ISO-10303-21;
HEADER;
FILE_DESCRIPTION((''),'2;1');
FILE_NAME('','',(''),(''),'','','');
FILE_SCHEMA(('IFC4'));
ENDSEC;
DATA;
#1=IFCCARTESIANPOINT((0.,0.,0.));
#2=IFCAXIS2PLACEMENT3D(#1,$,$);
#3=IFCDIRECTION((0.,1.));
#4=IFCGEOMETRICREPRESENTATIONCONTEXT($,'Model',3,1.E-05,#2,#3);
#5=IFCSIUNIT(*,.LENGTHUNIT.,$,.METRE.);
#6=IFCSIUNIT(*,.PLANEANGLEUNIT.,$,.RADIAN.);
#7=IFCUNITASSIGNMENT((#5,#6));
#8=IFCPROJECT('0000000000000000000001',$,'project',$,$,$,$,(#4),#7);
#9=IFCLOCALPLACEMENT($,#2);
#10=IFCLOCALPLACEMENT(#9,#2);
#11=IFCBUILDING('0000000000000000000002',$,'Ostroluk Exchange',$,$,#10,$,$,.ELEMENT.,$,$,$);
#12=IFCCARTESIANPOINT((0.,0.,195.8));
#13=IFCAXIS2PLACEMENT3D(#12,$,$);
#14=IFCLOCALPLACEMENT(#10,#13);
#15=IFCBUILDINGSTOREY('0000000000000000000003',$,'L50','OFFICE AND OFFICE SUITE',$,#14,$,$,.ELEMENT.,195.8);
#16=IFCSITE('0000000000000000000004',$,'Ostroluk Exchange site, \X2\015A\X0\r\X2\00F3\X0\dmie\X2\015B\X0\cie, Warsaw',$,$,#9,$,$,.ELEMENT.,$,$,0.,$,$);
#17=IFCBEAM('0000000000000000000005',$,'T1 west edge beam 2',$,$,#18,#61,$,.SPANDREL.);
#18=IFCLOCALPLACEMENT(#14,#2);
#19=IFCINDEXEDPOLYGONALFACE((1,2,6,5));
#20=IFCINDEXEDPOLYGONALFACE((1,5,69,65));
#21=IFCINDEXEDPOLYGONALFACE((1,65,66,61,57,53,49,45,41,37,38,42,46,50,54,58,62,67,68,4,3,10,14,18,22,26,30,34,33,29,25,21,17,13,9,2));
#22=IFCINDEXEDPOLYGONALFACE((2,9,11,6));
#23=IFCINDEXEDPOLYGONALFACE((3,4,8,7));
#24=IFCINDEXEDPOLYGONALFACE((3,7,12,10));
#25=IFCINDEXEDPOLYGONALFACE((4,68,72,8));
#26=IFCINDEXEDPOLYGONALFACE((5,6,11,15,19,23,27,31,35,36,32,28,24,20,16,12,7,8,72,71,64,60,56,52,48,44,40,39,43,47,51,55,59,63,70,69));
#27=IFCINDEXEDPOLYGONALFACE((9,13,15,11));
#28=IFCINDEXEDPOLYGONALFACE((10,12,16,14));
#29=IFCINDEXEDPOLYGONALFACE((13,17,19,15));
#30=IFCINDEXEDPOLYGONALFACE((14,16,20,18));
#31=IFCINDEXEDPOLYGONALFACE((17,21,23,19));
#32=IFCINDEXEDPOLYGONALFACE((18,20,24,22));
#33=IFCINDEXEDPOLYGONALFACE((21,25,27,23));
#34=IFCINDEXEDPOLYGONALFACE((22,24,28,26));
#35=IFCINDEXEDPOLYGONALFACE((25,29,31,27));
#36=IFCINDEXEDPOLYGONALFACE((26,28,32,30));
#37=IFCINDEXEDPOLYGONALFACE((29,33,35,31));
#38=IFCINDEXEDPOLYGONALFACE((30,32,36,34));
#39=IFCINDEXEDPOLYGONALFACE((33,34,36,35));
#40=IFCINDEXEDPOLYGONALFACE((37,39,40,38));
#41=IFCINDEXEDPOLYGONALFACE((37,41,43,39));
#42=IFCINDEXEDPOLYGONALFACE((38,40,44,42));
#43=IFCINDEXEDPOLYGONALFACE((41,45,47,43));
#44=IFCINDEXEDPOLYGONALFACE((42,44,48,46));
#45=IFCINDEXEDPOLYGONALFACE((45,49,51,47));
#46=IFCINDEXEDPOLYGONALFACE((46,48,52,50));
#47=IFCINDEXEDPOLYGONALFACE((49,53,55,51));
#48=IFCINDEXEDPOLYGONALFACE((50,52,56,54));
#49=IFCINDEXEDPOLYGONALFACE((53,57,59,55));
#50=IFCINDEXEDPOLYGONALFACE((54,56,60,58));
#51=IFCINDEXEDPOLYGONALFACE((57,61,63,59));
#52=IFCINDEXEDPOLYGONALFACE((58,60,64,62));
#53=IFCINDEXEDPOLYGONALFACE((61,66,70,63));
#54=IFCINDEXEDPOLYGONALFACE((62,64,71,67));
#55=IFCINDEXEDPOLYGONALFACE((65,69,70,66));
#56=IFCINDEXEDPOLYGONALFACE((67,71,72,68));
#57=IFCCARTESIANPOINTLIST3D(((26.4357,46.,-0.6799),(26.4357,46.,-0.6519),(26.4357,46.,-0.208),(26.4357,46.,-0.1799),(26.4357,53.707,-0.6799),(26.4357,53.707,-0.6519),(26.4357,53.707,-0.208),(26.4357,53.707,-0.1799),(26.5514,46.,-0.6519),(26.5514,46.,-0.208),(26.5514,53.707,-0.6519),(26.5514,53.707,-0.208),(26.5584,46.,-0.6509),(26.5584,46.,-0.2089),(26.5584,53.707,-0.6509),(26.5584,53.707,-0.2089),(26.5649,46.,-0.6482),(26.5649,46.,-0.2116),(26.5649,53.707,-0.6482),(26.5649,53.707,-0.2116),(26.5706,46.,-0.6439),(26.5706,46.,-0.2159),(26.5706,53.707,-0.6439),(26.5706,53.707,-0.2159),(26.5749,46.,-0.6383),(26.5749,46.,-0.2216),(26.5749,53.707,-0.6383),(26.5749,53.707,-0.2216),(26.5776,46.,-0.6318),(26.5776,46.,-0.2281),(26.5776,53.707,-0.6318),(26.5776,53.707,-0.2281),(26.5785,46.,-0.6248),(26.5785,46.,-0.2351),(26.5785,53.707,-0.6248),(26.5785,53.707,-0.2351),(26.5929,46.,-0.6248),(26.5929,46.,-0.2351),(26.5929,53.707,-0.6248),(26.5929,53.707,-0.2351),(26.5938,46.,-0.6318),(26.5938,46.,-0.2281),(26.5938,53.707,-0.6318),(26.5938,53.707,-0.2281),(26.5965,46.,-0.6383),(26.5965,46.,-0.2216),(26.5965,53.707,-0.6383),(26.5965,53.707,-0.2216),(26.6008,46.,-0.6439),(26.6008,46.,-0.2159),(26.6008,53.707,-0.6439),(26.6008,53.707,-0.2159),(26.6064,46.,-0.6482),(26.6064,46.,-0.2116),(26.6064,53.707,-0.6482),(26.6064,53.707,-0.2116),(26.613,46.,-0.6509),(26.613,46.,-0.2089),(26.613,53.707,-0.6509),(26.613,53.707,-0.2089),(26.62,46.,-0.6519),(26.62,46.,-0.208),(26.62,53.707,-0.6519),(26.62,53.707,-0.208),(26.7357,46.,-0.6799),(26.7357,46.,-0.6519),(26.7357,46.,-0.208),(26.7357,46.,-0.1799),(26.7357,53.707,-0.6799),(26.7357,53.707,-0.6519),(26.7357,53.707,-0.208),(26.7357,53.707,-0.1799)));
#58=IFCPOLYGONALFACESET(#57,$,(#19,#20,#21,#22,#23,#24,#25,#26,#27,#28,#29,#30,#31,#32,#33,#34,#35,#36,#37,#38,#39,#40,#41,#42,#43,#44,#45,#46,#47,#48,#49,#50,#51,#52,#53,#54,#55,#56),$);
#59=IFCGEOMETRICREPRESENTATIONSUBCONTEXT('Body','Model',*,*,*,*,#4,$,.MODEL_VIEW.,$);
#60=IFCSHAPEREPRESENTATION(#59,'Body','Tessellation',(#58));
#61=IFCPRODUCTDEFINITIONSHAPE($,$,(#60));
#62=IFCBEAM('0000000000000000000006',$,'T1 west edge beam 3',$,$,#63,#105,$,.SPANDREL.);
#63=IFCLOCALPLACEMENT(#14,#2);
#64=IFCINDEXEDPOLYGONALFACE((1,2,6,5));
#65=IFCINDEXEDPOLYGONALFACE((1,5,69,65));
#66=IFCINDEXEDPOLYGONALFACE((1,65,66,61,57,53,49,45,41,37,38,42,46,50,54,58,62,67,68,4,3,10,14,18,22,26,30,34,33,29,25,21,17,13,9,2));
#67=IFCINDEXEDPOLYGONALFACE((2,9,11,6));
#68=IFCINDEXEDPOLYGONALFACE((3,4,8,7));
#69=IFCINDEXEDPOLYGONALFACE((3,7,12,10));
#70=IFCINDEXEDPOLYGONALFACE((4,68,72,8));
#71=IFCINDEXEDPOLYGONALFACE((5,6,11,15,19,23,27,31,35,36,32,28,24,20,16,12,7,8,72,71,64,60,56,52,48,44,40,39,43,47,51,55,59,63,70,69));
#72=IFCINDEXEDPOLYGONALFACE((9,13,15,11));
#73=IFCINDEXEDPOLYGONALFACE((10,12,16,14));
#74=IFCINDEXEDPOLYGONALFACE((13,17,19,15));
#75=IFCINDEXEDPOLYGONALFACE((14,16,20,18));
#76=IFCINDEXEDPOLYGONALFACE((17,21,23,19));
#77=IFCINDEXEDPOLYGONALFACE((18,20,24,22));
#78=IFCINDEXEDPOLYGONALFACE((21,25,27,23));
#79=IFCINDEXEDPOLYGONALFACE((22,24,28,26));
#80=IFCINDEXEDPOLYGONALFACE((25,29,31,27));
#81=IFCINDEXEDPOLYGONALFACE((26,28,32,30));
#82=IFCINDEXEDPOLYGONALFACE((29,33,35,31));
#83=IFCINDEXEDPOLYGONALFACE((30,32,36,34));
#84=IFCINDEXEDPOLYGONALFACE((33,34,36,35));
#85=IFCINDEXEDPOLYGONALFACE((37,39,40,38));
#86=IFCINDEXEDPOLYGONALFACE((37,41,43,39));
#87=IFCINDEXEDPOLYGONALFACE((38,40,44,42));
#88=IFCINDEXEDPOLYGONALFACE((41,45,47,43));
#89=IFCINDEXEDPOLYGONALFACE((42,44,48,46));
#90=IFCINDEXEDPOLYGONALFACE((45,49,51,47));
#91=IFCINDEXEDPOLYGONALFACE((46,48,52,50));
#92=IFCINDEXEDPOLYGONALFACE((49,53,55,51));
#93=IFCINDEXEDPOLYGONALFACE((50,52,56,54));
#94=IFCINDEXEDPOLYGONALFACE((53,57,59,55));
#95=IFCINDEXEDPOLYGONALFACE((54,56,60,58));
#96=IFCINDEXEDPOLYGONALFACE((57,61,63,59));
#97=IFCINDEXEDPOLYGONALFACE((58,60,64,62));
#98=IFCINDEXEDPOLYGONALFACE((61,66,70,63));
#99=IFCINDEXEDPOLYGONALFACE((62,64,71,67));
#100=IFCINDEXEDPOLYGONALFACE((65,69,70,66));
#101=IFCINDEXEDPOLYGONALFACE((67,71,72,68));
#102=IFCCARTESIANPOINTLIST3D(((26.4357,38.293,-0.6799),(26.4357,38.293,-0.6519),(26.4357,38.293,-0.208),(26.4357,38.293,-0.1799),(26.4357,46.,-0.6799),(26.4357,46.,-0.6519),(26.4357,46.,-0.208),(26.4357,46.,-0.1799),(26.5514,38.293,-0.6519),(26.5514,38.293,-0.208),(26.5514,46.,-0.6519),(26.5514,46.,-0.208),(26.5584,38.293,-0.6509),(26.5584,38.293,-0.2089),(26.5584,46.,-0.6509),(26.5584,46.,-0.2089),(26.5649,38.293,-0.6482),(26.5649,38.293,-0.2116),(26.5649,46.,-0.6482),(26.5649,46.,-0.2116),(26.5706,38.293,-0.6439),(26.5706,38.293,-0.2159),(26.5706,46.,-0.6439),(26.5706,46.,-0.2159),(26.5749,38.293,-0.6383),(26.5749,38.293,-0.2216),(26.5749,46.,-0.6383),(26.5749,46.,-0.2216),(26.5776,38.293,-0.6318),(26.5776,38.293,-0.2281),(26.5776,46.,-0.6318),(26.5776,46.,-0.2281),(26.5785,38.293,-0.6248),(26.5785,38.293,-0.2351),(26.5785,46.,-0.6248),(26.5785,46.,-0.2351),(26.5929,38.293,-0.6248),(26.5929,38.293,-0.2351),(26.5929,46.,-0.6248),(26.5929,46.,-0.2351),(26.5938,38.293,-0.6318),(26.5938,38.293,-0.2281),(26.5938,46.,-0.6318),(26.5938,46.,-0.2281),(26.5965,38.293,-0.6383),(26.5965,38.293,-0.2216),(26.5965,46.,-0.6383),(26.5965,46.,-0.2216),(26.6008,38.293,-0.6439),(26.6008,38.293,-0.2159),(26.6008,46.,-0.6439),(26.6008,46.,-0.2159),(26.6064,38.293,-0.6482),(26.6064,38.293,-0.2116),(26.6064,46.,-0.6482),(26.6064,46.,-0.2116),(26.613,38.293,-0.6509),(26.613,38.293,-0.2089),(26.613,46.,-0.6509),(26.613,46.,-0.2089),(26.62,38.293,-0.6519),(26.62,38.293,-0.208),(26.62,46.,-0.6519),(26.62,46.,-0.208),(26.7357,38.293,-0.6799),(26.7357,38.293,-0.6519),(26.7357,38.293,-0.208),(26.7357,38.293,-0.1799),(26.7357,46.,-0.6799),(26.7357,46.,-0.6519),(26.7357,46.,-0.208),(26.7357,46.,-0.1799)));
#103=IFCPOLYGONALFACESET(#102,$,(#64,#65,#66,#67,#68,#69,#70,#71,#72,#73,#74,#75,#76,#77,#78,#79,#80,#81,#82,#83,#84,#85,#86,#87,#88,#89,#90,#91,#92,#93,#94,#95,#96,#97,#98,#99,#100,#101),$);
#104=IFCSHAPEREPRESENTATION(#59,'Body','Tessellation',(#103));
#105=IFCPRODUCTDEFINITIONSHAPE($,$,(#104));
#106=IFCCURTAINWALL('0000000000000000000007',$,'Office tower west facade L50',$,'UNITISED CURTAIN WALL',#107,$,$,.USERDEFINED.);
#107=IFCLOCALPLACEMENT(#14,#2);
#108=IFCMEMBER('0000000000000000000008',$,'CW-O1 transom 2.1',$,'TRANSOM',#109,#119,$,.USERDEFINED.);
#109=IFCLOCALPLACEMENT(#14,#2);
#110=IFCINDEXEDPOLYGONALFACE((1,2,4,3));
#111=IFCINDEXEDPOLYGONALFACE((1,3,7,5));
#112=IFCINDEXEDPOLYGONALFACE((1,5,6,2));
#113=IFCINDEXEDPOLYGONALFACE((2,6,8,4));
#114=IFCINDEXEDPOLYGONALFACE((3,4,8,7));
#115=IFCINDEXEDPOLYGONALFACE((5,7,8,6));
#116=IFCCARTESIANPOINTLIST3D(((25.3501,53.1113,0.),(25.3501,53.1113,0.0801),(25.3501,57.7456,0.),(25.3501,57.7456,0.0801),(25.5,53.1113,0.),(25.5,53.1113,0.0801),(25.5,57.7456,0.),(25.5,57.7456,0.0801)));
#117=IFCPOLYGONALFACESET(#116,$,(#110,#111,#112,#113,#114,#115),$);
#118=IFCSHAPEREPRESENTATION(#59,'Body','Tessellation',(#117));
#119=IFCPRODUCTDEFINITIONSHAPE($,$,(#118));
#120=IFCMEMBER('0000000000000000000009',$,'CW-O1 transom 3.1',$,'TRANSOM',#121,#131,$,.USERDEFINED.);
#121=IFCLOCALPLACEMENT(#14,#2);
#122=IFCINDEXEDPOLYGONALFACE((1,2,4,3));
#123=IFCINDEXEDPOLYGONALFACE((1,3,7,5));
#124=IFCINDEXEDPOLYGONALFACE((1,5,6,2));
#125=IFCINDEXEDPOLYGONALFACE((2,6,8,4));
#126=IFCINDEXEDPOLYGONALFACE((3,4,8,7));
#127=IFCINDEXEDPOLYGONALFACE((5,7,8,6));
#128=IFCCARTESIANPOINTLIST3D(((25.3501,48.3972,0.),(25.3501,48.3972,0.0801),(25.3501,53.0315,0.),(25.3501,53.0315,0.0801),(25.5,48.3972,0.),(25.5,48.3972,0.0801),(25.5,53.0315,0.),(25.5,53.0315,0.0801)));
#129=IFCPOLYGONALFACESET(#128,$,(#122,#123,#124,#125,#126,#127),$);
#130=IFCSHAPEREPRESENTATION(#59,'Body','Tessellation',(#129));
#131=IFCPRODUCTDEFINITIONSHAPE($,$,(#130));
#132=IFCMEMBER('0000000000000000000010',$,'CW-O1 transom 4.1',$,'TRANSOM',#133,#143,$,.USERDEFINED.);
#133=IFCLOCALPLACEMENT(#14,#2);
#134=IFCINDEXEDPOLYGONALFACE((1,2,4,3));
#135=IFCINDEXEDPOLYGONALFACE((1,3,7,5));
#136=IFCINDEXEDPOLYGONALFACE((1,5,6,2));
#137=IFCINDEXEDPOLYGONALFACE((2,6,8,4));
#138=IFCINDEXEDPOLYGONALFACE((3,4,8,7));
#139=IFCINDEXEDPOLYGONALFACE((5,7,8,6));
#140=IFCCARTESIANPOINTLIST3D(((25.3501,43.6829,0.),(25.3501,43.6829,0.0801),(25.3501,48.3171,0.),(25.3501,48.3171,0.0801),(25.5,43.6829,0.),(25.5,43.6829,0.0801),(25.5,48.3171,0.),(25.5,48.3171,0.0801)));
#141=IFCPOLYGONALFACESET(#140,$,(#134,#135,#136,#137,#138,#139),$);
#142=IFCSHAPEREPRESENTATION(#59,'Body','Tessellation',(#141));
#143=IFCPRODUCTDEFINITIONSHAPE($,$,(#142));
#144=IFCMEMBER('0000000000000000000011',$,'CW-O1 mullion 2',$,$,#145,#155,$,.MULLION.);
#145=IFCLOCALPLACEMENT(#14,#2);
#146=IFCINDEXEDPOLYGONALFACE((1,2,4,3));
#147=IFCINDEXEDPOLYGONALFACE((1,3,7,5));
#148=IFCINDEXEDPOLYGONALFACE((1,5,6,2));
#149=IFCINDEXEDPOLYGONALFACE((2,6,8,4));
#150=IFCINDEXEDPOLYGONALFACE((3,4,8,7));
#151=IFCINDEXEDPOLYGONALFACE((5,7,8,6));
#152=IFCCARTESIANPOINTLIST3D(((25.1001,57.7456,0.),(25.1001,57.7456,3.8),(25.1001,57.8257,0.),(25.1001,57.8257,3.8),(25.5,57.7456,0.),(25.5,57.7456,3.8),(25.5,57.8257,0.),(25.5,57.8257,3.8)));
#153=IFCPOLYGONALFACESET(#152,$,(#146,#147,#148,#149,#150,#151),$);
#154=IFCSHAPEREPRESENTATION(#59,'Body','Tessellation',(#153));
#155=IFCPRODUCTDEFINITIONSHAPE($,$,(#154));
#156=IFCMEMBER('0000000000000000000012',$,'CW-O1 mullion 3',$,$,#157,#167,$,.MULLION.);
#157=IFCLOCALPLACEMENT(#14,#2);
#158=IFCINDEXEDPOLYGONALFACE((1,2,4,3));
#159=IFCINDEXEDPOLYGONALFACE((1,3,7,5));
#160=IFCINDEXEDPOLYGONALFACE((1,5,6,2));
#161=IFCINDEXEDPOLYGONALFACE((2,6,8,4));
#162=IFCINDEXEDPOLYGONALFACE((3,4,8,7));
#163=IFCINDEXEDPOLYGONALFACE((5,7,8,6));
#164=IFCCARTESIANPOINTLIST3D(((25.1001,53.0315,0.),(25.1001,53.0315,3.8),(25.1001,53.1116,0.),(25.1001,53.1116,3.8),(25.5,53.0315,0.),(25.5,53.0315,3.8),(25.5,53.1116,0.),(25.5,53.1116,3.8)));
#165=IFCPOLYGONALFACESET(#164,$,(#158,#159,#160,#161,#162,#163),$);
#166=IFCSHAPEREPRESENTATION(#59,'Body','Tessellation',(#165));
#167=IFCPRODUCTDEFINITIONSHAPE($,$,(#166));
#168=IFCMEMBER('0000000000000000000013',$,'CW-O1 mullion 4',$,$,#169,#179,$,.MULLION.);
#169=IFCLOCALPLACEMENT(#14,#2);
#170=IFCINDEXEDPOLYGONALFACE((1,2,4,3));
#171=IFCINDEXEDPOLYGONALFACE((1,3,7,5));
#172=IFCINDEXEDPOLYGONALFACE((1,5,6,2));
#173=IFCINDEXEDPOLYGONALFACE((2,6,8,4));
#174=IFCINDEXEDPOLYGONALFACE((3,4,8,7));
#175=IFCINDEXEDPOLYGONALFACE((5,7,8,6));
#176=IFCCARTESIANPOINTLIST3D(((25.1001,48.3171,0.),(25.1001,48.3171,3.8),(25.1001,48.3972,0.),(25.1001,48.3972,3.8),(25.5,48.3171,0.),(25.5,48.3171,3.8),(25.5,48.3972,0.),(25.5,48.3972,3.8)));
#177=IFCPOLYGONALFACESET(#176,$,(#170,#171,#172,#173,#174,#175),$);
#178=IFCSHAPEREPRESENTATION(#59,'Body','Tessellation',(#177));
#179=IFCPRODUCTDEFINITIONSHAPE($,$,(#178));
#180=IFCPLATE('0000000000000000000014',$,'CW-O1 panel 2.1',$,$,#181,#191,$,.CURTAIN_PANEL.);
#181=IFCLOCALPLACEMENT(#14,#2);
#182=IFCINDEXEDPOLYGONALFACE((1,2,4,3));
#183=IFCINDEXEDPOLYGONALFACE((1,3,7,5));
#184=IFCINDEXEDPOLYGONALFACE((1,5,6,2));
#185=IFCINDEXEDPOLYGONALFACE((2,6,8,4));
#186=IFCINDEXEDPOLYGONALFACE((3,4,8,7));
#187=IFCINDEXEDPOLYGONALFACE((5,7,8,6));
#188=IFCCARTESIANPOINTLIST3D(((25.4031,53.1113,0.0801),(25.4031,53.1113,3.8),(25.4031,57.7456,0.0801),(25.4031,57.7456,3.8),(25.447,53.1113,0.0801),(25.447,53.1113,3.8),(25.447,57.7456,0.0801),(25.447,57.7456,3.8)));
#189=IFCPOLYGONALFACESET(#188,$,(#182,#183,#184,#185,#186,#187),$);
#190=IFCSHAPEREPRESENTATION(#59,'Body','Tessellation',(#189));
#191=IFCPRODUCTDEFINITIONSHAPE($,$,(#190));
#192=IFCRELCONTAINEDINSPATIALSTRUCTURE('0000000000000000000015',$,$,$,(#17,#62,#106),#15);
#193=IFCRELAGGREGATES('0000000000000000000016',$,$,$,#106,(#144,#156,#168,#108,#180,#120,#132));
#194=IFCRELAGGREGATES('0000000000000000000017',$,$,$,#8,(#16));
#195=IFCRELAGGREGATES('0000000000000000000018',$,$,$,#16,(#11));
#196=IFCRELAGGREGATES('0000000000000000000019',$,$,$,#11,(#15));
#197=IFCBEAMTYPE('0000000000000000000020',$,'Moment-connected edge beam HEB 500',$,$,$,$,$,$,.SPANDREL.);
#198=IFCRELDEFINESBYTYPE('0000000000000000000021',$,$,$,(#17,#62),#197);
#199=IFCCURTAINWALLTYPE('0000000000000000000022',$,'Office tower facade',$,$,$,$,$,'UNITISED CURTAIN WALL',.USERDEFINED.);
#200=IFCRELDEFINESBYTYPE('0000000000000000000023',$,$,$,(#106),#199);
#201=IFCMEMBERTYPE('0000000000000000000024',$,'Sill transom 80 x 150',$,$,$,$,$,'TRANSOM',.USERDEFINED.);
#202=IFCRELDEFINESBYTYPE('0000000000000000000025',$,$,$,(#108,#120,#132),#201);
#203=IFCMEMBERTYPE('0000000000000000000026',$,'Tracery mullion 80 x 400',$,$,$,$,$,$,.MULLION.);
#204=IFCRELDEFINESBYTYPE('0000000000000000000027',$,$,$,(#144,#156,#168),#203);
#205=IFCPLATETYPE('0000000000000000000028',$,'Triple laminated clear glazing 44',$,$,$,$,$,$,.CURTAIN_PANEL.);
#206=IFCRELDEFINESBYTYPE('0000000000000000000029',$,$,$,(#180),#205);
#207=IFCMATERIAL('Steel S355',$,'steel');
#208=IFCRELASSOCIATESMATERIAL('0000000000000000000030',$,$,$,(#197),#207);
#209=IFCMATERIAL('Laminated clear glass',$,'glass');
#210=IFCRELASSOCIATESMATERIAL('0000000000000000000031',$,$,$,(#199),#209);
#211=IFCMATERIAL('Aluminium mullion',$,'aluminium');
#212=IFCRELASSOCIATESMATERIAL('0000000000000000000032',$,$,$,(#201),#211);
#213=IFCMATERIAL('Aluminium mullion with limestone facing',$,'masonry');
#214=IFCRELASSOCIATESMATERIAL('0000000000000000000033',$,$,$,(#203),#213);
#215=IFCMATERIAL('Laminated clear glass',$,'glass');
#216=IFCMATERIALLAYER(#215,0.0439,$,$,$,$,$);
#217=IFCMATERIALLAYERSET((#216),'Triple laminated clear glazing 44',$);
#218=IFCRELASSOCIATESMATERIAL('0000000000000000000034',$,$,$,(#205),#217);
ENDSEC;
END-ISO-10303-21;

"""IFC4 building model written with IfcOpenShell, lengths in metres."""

from ifc_helpers import new_model, si_unit, direction, frame, origin, origin_2d, place, context, subcontext, project, spatial, rectangle, i_section, extrude, material, layer, layer_set, material_profile, profile_set, type_object, element, aggregate, save


model = new_model("IFC4")

# Units and contexts
model_context = context("Model", 3, precision=1e-05, world=origin(), true_north=direction((0.0, 1.0)))
body_context = subcontext(model_context, "Body", "Model", "MODEL_VIEW")
ifc_project = project(units=[si_unit("LENGTHUNIT", "METRE"), si_unit("PLANEANGLEUNIT", "RADIAN")], contexts=[model_context])

# Site, building, storey
site_placement = place(None, origin())
site = spatial("IfcSite", under=ifc_project, at=site_placement, Name="Ostroluk Exchange site, Śródmieście, Warsaw", CompositionType="ELEMENT", RefElevation=0.0)
building_placement = place(site_placement, origin())
building = spatial("IfcBuilding", under=site, at=building_placement, Name="Ostroluk Exchange", CompositionType="ELEMENT")
storey_placement = place(building_placement, frame((0.0, 0.0, 195.8)))
storey = spatial("IfcBuildingStorey", under=building, at=storey_placement, Name="L50", Description="OFFICE AND OFFICE SUITE", CompositionType="ELEMENT", Elevation=195.8)

# Beams
ifc_material_1 = material(Name="Steel S355", Category="steel")
ifc_material_profile_1 = material_profile(ifc_material_1, i_section(OverallWidth=0.3, OverallDepth=0.5, WebThickness=0.0144, FlangeThickness=0.0281, FilletRadius=0.0271, at=origin_2d()), Name="HEB 500")
ifc_profile_set_1 = profile_set([ifc_material_profile_1], Name="Steel S355")
beam_type_1 = type_object("IfcBeamType", Name="Moment-connected edge beam HEB 500", PredefinedType="SPANDREL", material=ifc_profile_set_1)
for number, where, z_axis, x_axis, name in (
    (1, (26.5857, 53.707, -0.4299), (0.0, -1.0, 0.0), (1.0, 0.0, 0.0), "T1 west edge beam 2"),
    (2, (26.5857, 46.0, -0.4299), (0.0, -1.0, 0.0), (1.0, 0.0, 0.0), "T1 west edge beam 3"),
):
    element("IfcBeam", number, at=place(storey_placement, frame(where, z_axis=z_axis, x_axis=x_axis)), inside=storey, type_object=beam_type_1, Name=name, PredefinedType="SPANDREL", context=body_context, shape_type="SweptSolid", body=[
        extrude(i_section(OverallWidth=0.3, OverallDepth=0.5, WebThickness=0.0144, FlangeThickness=0.0281, FilletRadius=0.0271, at=origin_2d()), origin(), (0.0, 0.0, 1.0), 7.707),
    ])

# Curtain wall, members, plate
ifc_material_2 = material(Name="Laminated clear glass", Category="glass")
curtain_wall_type = type_object("IfcCurtainWallType", Name="Office tower facade", ElementType="UNITISED CURTAIN WALL", PredefinedType="USERDEFINED", material=ifc_material_2)
curtain_wall_placement = place(storey_placement, origin())
curtain_wall = element("IfcCurtainWall", 3, at=curtain_wall_placement, inside=storey, type_object=curtain_wall_type, Name="Office tower west facade L50", ObjectType="UNITISED CURTAIN WALL", PredefinedType="USERDEFINED")
ifc_material_3 = material(Name="Aluminium mullion", Category="aluminium")
ifc_material_profile_2 = material_profile(ifc_material_3, rectangle(XDim=0.1499, YDim=0.0801, at=origin_2d()), Name="Sill transom 80 x 150")
ifc_profile_set_2 = profile_set([ifc_material_profile_2], Name="Aluminium mullion")
member_type_1 = type_object("IfcMemberType", Name="Sill transom 80 x 150", ElementType="TRANSOM", PredefinedType="USERDEFINED", material=ifc_profile_set_2)
member_1_placement = place(storey_placement, frame((25.425, 57.7456, 0.04), z_axis=(0.0, -1.0, 0.0), x_axis=(1.0, 0.0, 0.0)))
member_1 = element("IfcMember", 4, at=member_1_placement, type_object=member_type_1, Name="CW-O1 transom 2.1", ObjectType="TRANSOM", PredefinedType="USERDEFINED", context=body_context, shape_type="SweptSolid", body=[
    extrude(rectangle(XDim=0.1499, YDim=0.0801, at=origin_2d()), origin(), (0.0, 0.0, 1.0), 4.6343),
])
member_2_placement = place(storey_placement, frame((25.425, 53.0315, 0.04), z_axis=(0.0, -1.0, 0.0), x_axis=(1.0, 0.0, 0.0)))
member_2 = element("IfcMember", 5, at=member_2_placement, type_object=member_type_1, Name="CW-O1 transom 3.1", ObjectType="TRANSOM", PredefinedType="USERDEFINED", context=body_context, shape_type="SweptSolid", body=[
    extrude(rectangle(XDim=0.1499, YDim=0.0801, at=origin_2d()), origin(), (0.0, 0.0, 1.0), 4.6343),
])
member_3_placement = place(storey_placement, frame((25.425, 48.3171, 0.04), z_axis=(0.0, -1.0, 0.0), x_axis=(1.0, 0.0, 0.0)))
member_3 = element("IfcMember", 6, at=member_3_placement, type_object=member_type_1, Name="CW-O1 transom 4.1", ObjectType="TRANSOM", PredefinedType="USERDEFINED", context=body_context, shape_type="SweptSolid", body=[
    extrude(rectangle(XDim=0.1499, YDim=0.0801, at=origin_2d()), origin(), (0.0, 0.0, 1.0), 4.6343),
])
ifc_material_4 = material(Name="Aluminium mullion with limestone facing", Category="masonry")
ifc_material_profile_3 = material_profile(ifc_material_4, rectangle(XDim=0.3999, YDim=0.0801, at=origin_2d()), Name="Tracery mullion 80 x 400")
ifc_profile_set_3 = profile_set([ifc_material_profile_3], Name="Aluminium mullion with limestone facing")
member_type_2 = type_object("IfcMemberType", Name="Tracery mullion 80 x 400", PredefinedType="MULLION", material=ifc_profile_set_3)
member_4_placement = place(storey_placement, frame((25.3, 57.7856, 0.0), z_axis=(0.0, 0.0, 1.0), x_axis=(1.0, 0.0, 0.0)))
member_4 = element("IfcMember", 7, at=member_4_placement, type_object=member_type_2, Name="CW-O1 mullion 2", PredefinedType="MULLION", context=body_context, shape_type="SweptSolid", body=[
    extrude(rectangle(XDim=0.3999, YDim=0.0801, at=origin_2d()), origin(), (0.0, 0.0, 1.0), 3.8),
])
member_5_placement = place(storey_placement, frame((25.3, 53.0715, 0.0), z_axis=(0.0, 0.0, 1.0), x_axis=(1.0, 0.0, 0.0)))
member_5 = element("IfcMember", 8, at=member_5_placement, type_object=member_type_2, Name="CW-O1 mullion 3", PredefinedType="MULLION", context=body_context, shape_type="SweptSolid", body=[
    extrude(rectangle(XDim=0.3999, YDim=0.0801, at=origin_2d()), origin(), (0.0, 0.0, 1.0), 3.8),
])
member_6_placement = place(storey_placement, frame((25.3, 48.3572, 0.0), z_axis=(0.0, 0.0, 1.0), x_axis=(1.0, 0.0, 0.0)))
member_6 = element("IfcMember", 9, at=member_6_placement, type_object=member_type_2, Name="CW-O1 mullion 4", PredefinedType="MULLION", context=body_context, shape_type="SweptSolid", body=[
    extrude(rectangle(XDim=0.3999, YDim=0.0801, at=origin_2d()), origin(), (0.0, 0.0, 1.0), 3.8),
])
ifc_material_5 = material(Name="Laminated clear glass", Category="glass")
ifc_layer_1 = layer(ifc_material_5, 0.0439)
ifc_layer_set_1 = layer_set([ifc_layer_1], Name="Triple laminated clear glazing 44")
plate_type = type_object("IfcPlateType", Name="Triple laminated clear glazing 44", PredefinedType="CURTAIN_PANEL", material=ifc_layer_set_1)
plate_1_placement = place(storey_placement, frame((25.425, 55.4285, 0.0801), z_axis=(0.0, 0.0, 1.0), x_axis=(0.0, -1.0, 0.0)))
plate_1 = element("IfcPlate", 10, at=plate_1_placement, type_object=plate_type, Name="CW-O1 panel 2.1", PredefinedType="CURTAIN_PANEL", context=body_context, shape_type="SweptSolid", body=[
    extrude(rectangle(XDim=4.6343, YDim=0.0439, at=origin_2d()), origin(), (0.0, 0.0, 1.0), 3.72),
])
aggregate(curtain_wall, [member_4, member_5, member_6, member_1, plate_1, member_2, member_3])

save(model, "model.ifc")
